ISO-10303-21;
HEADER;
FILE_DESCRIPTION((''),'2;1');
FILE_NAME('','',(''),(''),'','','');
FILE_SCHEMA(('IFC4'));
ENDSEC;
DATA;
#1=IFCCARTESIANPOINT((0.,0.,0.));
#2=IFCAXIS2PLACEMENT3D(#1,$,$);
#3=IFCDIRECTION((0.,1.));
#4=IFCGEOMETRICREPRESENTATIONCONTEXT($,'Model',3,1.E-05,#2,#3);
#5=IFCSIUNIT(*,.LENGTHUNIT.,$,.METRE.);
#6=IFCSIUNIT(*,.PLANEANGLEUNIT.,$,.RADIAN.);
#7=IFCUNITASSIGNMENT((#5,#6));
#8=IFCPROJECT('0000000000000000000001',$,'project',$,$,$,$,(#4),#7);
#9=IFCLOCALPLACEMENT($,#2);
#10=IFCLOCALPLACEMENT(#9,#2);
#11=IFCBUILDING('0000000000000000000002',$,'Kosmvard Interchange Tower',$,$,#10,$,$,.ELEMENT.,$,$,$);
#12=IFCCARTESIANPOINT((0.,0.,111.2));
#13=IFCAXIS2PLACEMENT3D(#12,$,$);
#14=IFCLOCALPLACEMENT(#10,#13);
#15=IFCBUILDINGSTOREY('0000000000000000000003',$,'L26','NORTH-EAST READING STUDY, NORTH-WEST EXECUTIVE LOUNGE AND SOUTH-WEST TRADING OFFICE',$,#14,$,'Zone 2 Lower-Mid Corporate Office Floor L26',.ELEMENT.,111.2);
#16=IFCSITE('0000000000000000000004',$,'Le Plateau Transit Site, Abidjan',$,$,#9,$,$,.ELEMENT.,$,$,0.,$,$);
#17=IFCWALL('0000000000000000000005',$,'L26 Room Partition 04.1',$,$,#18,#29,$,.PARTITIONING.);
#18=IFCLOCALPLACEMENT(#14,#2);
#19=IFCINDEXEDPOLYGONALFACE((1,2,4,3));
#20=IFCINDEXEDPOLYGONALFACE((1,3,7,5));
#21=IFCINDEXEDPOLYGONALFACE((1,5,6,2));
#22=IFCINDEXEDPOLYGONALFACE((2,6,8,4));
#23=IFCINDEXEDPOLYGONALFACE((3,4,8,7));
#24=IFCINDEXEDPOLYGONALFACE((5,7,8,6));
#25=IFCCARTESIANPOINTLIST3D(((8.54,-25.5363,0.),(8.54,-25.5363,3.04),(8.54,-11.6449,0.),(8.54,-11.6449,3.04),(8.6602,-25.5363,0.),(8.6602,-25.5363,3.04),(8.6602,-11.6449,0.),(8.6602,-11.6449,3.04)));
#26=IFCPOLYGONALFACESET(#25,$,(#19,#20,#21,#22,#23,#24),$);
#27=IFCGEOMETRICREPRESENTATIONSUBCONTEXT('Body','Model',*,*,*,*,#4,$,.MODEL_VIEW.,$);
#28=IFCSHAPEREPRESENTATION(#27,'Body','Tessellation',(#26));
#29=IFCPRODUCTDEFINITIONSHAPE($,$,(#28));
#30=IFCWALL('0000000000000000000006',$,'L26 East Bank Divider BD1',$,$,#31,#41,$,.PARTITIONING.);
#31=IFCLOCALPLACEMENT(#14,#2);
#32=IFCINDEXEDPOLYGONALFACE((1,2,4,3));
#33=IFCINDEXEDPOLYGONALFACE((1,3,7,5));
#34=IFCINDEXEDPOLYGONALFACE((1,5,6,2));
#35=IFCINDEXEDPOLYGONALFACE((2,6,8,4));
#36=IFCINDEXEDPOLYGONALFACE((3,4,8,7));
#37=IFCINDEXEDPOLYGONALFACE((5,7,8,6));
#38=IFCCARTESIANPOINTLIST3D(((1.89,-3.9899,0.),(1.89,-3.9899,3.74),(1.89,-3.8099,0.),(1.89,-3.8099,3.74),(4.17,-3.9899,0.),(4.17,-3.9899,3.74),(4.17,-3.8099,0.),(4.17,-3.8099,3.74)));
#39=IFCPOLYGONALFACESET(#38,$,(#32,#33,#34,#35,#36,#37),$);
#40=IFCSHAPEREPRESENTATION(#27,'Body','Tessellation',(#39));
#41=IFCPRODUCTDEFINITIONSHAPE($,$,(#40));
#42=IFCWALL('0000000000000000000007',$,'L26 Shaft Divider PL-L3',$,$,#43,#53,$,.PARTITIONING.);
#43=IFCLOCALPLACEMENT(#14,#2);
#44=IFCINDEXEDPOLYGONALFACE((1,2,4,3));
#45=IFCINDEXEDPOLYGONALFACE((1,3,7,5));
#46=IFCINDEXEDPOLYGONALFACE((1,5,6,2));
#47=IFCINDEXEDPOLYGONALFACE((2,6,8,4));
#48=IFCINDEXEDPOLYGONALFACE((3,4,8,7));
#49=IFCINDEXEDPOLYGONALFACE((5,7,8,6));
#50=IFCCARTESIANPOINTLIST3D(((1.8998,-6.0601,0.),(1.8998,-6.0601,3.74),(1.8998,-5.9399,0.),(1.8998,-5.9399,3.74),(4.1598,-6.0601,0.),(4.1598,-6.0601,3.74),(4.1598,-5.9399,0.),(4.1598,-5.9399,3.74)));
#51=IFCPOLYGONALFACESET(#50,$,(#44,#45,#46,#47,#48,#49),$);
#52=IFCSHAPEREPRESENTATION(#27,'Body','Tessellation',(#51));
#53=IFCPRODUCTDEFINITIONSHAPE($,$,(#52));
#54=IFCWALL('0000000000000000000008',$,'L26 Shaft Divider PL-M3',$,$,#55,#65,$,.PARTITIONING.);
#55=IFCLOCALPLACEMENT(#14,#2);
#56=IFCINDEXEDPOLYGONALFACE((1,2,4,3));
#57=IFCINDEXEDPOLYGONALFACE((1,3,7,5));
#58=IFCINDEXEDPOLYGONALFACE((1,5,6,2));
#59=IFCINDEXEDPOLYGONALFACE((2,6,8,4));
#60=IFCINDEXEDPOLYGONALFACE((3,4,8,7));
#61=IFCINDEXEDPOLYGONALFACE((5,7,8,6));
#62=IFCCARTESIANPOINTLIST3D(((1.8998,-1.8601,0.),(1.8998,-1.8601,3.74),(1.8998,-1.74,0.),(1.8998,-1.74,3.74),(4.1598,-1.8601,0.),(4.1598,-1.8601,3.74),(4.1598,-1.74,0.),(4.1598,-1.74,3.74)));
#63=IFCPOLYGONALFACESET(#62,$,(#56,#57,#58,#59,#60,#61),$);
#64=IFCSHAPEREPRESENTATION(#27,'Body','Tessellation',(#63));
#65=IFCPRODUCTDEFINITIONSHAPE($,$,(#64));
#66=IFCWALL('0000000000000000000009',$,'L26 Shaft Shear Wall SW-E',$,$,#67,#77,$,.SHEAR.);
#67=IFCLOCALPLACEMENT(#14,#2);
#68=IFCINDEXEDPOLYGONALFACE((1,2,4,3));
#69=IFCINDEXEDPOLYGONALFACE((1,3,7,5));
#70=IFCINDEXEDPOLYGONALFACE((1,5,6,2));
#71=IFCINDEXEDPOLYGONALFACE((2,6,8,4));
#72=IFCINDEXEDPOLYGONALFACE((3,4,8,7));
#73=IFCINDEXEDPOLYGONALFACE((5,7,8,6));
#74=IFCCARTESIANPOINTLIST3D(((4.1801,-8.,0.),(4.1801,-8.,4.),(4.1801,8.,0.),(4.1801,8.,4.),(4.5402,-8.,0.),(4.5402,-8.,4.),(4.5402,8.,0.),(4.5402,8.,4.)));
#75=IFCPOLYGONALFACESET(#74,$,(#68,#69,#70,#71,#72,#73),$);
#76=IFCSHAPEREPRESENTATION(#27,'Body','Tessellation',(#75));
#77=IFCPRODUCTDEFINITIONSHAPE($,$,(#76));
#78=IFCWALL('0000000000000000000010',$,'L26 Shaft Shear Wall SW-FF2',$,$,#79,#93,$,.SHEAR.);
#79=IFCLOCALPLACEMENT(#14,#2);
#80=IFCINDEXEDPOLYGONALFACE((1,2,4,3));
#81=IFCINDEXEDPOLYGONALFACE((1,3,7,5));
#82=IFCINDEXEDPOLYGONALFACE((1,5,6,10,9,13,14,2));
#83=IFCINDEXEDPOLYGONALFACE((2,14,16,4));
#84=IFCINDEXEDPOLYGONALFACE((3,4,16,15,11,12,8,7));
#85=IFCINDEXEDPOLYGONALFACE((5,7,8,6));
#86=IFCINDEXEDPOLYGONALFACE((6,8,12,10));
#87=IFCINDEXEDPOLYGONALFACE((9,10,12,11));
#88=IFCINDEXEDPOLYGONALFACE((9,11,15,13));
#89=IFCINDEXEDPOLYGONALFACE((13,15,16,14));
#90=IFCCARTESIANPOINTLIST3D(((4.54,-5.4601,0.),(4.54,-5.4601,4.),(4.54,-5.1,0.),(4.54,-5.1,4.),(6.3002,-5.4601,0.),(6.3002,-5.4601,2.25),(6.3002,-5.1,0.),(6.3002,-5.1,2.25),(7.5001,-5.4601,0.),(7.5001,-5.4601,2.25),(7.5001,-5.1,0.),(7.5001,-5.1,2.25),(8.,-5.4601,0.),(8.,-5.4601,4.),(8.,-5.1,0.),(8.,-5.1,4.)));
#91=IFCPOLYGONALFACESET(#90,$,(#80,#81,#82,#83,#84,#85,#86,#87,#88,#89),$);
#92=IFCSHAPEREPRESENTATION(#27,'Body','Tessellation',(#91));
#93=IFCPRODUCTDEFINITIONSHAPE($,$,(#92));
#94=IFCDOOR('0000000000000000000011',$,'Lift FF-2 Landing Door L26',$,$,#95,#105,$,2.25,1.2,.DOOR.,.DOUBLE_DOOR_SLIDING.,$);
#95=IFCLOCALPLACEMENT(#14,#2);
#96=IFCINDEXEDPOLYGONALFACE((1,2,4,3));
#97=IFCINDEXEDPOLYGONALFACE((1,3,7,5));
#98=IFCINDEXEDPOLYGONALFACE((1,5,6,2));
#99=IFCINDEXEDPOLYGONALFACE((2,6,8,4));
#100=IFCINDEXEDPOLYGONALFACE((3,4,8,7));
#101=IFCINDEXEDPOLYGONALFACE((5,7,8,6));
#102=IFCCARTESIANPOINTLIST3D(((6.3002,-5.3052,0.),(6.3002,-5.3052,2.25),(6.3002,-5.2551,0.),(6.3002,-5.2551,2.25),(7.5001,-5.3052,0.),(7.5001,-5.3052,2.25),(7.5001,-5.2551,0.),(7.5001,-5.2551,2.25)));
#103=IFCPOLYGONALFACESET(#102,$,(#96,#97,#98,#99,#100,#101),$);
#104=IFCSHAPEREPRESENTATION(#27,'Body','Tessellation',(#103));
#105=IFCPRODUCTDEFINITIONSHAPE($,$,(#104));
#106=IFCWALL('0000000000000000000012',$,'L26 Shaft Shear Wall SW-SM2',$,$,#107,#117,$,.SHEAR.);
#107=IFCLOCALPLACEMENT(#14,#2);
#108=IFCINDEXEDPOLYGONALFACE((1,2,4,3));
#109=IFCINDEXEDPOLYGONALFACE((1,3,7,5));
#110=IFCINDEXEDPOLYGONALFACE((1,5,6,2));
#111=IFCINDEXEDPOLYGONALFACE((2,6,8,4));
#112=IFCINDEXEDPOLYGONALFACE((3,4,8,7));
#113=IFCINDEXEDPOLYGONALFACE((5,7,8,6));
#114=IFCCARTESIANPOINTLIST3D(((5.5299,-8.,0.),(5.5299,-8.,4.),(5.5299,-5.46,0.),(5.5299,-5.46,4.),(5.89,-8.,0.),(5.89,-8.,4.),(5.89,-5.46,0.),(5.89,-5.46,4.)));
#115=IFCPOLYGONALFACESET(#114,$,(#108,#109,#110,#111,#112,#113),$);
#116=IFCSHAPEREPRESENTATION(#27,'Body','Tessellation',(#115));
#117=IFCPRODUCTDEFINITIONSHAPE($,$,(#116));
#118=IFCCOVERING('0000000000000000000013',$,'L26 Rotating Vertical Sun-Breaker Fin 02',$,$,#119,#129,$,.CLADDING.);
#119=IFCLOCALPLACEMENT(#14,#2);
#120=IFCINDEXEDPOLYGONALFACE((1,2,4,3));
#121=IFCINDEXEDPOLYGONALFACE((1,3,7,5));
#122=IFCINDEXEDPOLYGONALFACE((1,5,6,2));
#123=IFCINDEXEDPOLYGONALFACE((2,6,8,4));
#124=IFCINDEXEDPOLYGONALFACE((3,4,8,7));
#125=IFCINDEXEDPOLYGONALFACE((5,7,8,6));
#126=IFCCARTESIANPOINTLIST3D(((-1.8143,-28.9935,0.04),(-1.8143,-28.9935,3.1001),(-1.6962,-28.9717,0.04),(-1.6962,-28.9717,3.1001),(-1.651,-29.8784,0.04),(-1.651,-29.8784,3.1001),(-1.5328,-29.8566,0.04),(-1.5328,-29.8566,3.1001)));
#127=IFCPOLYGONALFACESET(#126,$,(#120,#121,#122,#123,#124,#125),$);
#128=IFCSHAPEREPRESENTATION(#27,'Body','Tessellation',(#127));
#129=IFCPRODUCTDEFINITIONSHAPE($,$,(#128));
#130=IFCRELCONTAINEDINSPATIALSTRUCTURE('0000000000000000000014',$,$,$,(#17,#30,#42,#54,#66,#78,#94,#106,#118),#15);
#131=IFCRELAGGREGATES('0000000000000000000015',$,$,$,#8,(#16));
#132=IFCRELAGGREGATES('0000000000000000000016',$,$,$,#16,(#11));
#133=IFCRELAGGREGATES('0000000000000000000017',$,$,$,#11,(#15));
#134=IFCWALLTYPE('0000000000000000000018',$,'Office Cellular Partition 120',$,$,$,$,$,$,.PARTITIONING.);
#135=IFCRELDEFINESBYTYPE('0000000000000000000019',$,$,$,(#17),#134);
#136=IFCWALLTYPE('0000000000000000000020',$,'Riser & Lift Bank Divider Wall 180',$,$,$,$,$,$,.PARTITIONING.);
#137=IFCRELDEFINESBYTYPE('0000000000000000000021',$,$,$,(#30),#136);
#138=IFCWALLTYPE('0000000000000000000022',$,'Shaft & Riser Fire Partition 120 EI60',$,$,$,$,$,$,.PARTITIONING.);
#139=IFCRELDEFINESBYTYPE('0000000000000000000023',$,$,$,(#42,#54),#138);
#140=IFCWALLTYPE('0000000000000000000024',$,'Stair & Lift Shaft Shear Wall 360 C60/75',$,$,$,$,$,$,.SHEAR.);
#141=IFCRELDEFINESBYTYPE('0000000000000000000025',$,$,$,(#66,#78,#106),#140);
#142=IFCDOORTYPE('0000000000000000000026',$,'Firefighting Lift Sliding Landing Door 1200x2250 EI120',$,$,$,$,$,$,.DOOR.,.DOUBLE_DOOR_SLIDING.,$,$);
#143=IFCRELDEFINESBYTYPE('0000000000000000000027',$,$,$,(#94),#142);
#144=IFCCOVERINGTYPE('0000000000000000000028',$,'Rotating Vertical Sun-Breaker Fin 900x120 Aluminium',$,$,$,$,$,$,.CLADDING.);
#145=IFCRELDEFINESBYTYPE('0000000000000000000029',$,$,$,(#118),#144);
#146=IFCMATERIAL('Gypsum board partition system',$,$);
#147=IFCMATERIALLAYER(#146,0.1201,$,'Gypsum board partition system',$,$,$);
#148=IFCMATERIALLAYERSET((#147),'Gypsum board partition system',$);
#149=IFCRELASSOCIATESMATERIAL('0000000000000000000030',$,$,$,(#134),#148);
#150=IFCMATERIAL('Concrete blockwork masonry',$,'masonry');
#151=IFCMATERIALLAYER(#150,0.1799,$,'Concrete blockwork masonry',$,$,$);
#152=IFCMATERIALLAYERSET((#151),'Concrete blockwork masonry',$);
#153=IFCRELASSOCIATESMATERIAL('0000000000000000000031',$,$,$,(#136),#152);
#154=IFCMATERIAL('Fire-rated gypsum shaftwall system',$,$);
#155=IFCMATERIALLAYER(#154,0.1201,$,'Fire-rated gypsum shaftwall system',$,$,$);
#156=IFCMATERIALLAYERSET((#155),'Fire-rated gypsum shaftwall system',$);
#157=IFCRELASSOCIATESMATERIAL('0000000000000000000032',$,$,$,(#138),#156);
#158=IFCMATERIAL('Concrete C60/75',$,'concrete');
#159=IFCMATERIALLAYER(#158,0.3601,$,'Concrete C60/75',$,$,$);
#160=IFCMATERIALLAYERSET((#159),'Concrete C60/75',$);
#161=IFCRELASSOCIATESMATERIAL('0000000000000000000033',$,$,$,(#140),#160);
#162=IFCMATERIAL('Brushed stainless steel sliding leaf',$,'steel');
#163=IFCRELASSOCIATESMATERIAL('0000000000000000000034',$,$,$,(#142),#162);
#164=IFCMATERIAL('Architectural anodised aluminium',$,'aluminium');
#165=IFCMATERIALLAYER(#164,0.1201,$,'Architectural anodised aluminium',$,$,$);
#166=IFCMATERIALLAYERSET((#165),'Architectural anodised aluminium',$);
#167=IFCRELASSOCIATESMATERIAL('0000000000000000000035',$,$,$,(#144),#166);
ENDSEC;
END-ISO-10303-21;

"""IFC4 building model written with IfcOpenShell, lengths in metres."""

from ifc_helpers import new_model, si_unit, direction, frame, frame_2d, origin, origin_2d, place, context, subcontext, project, spatial, rectangle, extrude, source, transform, mapped, material, layer, layer_set, type_object, element, fill, save


model = new_model("IFC4")

# Units and contexts
model_context = context("Model", 3, precision=1e-05, world=origin(), true_north=direction((0.0, 1.0)))
body_context = subcontext(model_context, "Body", "Model", "MODEL_VIEW")
ifc_project = project(units=[si_unit("LENGTHUNIT", "METRE"), si_unit("PLANEANGLEUNIT", "RADIAN")], contexts=[model_context])

# Site, building, storey
site_placement = place(None, origin())
site = spatial("IfcSite", under=ifc_project, at=site_placement, Name="Le Plateau Transit Site, Abidjan", CompositionType="ELEMENT", RefElevation=0.0)
building_placement = place(site_placement, origin())
building = spatial("IfcBuilding", under=site, at=building_placement, Name="Kosmvard Interchange Tower", CompositionType="ELEMENT")
storey_placement = place(building_placement, frame((0.0, 0.0, 111.2)))
storey = spatial("IfcBuildingStorey", under=building, at=storey_placement, Name="L26", Description="NORTH-EAST READING STUDY, NORTH-WEST EXECUTIVE LOUNGE AND SOUTH-WEST TRADING OFFICE", LongName="Zone 2 Lower-Mid Corporate Office Floor L26", CompositionType="ELEMENT", Elevation=111.2)

# Shared definitions
ifc_material_1 = material(Name="Concrete C60/75", Category="concrete")

# Shared definitions
ifc_material_2 = material(Name="Brushed stainless steel sliding leaf", Category="steel")

# Walls
ifc_material_3 = material(Name="Gypsum board partition system")
ifc_layer_1 = layer(ifc_material_3, 0.1201, Name="Gypsum board partition system")
ifc_layer_set_1 = layer_set([ifc_layer_1], Name="Gypsum board partition system")
wall_type_1 = type_object("IfcWallType", Name="Office Cellular Partition 120", PredefinedType="PARTITIONING", material=ifc_layer_set_1)
wall_1_placement = place(storey_placement, frame((8.6001, -25.5364, 0.0), z_axis=(0.0, 0.0, 1.0), x_axis=(0.0, 1.0, 0.0)))
element("IfcWall", 1, at=wall_1_placement, inside=storey, type_object=wall_type_1, Name="L26 Room Partition 04.1", PredefinedType="PARTITIONING", context=body_context, shape_type="SweptSolid", body=[
    extrude(rectangle(XDim=13.8914, YDim=0.1201, at=frame_2d((6.9458, 0.0))), origin(), (0.0, 0.0, 1.0), 3.04),
])
ifc_material_4 = material(Name="Concrete blockwork masonry", Category="masonry")
ifc_layer_2 = layer(ifc_material_4, 0.1799, Name="Concrete blockwork masonry")
ifc_layer_set_2 = layer_set([ifc_layer_2], Name="Concrete blockwork masonry")
wall_type_2 = type_object("IfcWallType", Name="Riser & Lift Bank Divider Wall 180", PredefinedType="PARTITIONING", material=ifc_layer_set_2)
wall_2_placement = place(storey_placement, frame((1.8899, -3.8999, 0.0), z_axis=(0.0, 0.0, 1.0), x_axis=(1.0, 0.0, 0.0)))
element("IfcWall", 2, at=wall_2_placement, inside=storey, type_object=wall_type_2, Name="L26 East Bank Divider BD1", PredefinedType="PARTITIONING", context=body_context, shape_type="SweptSolid", body=[
    extrude(rectangle(XDim=2.28, YDim=0.1799, at=frame_2d((1.1401, 0.0))), origin(), (0.0, 0.0, 1.0), 3.74),
])
ifc_material_5 = material(Name="Fire-rated gypsum shaftwall system")
ifc_layer_3 = layer(ifc_material_5, 0.1201, Name="Fire-rated gypsum shaftwall system")
ifc_layer_set_3 = layer_set([ifc_layer_3], Name="Fire-rated gypsum shaftwall system")
wall_type_3 = type_object("IfcWallType", Name="Shaft & Riser Fire Partition 120 EI60", PredefinedType="PARTITIONING", material=ifc_layer_set_3)
for number, where, z_axis, x_axis, name in (
    (3, (1.8999, -6.0, 0.0), (0.0, 0.0, 1.0), (1.0, 0.0, 0.0), "L26 Shaft Divider PL-L3"),
    (4, (1.8999, -1.8, 0.0), (0.0, 0.0, 1.0), (1.0, 0.0, 0.0), "L26 Shaft Divider PL-M3"),
):
    element("IfcWall", number, at=place(storey_placement, frame(where, z_axis=z_axis, x_axis=x_axis)), inside=storey, type_object=wall_type_3, Name=name, PredefinedType="PARTITIONING", context=body_context, shape_type="SweptSolid", body=[
        extrude(rectangle(XDim=2.26, YDim=0.1201, at=frame_2d((1.1299, 0.0))), origin(), (0.0, 0.0, 1.0), 3.74),
    ])
ifc_layer_4 = layer(ifc_material_1, 0.3601, Name="Concrete C60/75")
ifc_layer_set_4 = layer_set([ifc_layer_4], Name="Concrete C60/75")
wall_type_4 = type_object("IfcWallType", Name="Stair & Lift Shaft Shear Wall 360 C60/75", PredefinedType="SHEAR", material=ifc_layer_set_4)
wall_3_placement = place(storey_placement, frame((4.3601, -8.0, 0.0), z_axis=(0.0, 0.0, 1.0), x_axis=(0.0, 1.0, 0.0)))
element("IfcWall", 5, at=wall_3_placement, inside=storey, type_object=wall_type_4, Name="L26 Shaft Shear Wall SW-E", PredefinedType="SHEAR", context=body_context, shape_type="SweptSolid", body=[
    extrude(rectangle(XDim=16.0, YDim=0.3601, at=frame_2d((8.0, 0.0))), origin(), (0.0, 0.0, 1.0), 4.0),
])

# Wall, opening, door
wall_4_placement = place(storey_placement, frame((4.54, -5.28, 0.0), z_axis=(0.0, 0.0, 1.0), x_axis=(1.0, 0.0, 0.0)))
wall_4 = element("IfcWall", 6, at=wall_4_placement, inside=storey, type_object=wall_type_4, Name="L26 Shaft Shear Wall SW-FF2", PredefinedType="SHEAR", context=body_context, shape_type="SweptSolid", body=[
    extrude(rectangle(XDim=3.46, YDim=0.3601, at=frame_2d((1.73, 0.0))), origin(), (0.0, 0.0, 1.0), 4.0),
])
opening_1_placement = place(wall_4_placement, frame((1.76, 0.0, 0.0)))
opening_1 = element("IfcOpeningElement", 7, at=opening_1_placement, cuts=wall_4, PredefinedType="OPENING", context=body_context, shape_type="SweptSolid", body=[
    extrude(rectangle(XDim=1.2, YDim=2.25, at=frame_2d((0.6001, 1.125))), frame((0.0, 0.1899, 0.0), z_axis=(0.0, -1.0, 0.0), x_axis=(1.0, 0.0, 0.0)), (0.0, 0.0, 1.0), 0.3801),
])
door_type_1 = type_object("IfcDoorType", Name="Firefighting Lift Sliding Landing Door 1200x2250 EI120", OperationType="DOUBLE_DOOR_SLIDING", PredefinedType="DOOR", material=ifc_material_2)
shared_shape_1 = source(origin(), body_context, "Body", "SweptSolid", [
    extrude(rectangle(XDim=1.2, YDim=2.25, at=frame_2d((0.6001, 1.125))), frame((0.0, 0.0249, 0.0), z_axis=(0.0, -1.0, 0.0), x_axis=(1.0, 0.0, 0.0)), (0.0, 0.0, 1.0), 0.05),
])
door_1_placement = place(opening_1_placement, origin())
door_1 = element("IfcDoor", 8, at=door_1_placement, inside=storey, type_object=door_type_1, Name="Lift FF-2 Landing Door L26", OperationType="DOUBLE_DOOR_SLIDING", OverallHeight=2.25, OverallWidth=1.2, PredefinedType="DOOR", context=body_context, shape_type="MappedRepresentation", body=[
    mapped(shared_shape_1, transform((0.0, 0.0, 0.0), scale=1.0)),
])
fill(opening_1, door_1)

# Wall
wall_5_placement = place(storey_placement, frame((5.71, -8.0, 0.0), z_axis=(0.0, 0.0, 1.0), x_axis=(0.0, 1.0, 0.0)))
element("IfcWall", 9, at=wall_5_placement, inside=storey, type_object=wall_type_4, Name="L26 Shaft Shear Wall SW-SM2", PredefinedType="SHEAR", context=body_context, shape_type="SweptSolid", body=[
    extrude(rectangle(XDim=2.54, YDim=0.3601, at=frame_2d((1.27, 0.0))), origin(), (0.0, 0.0, 1.0), 4.0),
])

# Covering
ifc_material_6 = material(Name="Architectural anodised aluminium", Category="aluminium")
ifc_layer_5 = layer(ifc_material_6, 0.1201, Name="Architectural anodised aluminium")
ifc_layer_set_5 = layer_set([ifc_layer_5], Name="Architectural anodised aluminium")
covering_type = type_object("IfcCoveringType", Name="Rotating Vertical Sun-Breaker Fin 900x120 Aluminium", PredefinedType="CLADDING", material=ifc_layer_set_5)
shared_shape_2 = source(origin(), body_context, "Body", "SweptSolid", [
    extrude(rectangle(XDim=0.8999, YDim=0.1201, at=origin_2d()), origin(), (0.0, 0.0, 1.0), 3.0601),
])
covering_placement = place(storey_placement, frame((-1.6736, -29.425, 0.04), z_axis=(0.0, 0.0, 1.0), x_axis=(0.181549, -0.983382, 0.0)))
element("IfcCovering", 10, at=covering_placement, inside=storey, type_object=covering_type, Name="L26 Rotating Vertical Sun-Breaker Fin 02", PredefinedType="CLADDING", context=body_context, shape_type="MappedRepresentation", body=[
    mapped(shared_shape_2, transform((0.0, 0.0, 0.0), scale=1.0)),
])

save(model, "model.ifc")
